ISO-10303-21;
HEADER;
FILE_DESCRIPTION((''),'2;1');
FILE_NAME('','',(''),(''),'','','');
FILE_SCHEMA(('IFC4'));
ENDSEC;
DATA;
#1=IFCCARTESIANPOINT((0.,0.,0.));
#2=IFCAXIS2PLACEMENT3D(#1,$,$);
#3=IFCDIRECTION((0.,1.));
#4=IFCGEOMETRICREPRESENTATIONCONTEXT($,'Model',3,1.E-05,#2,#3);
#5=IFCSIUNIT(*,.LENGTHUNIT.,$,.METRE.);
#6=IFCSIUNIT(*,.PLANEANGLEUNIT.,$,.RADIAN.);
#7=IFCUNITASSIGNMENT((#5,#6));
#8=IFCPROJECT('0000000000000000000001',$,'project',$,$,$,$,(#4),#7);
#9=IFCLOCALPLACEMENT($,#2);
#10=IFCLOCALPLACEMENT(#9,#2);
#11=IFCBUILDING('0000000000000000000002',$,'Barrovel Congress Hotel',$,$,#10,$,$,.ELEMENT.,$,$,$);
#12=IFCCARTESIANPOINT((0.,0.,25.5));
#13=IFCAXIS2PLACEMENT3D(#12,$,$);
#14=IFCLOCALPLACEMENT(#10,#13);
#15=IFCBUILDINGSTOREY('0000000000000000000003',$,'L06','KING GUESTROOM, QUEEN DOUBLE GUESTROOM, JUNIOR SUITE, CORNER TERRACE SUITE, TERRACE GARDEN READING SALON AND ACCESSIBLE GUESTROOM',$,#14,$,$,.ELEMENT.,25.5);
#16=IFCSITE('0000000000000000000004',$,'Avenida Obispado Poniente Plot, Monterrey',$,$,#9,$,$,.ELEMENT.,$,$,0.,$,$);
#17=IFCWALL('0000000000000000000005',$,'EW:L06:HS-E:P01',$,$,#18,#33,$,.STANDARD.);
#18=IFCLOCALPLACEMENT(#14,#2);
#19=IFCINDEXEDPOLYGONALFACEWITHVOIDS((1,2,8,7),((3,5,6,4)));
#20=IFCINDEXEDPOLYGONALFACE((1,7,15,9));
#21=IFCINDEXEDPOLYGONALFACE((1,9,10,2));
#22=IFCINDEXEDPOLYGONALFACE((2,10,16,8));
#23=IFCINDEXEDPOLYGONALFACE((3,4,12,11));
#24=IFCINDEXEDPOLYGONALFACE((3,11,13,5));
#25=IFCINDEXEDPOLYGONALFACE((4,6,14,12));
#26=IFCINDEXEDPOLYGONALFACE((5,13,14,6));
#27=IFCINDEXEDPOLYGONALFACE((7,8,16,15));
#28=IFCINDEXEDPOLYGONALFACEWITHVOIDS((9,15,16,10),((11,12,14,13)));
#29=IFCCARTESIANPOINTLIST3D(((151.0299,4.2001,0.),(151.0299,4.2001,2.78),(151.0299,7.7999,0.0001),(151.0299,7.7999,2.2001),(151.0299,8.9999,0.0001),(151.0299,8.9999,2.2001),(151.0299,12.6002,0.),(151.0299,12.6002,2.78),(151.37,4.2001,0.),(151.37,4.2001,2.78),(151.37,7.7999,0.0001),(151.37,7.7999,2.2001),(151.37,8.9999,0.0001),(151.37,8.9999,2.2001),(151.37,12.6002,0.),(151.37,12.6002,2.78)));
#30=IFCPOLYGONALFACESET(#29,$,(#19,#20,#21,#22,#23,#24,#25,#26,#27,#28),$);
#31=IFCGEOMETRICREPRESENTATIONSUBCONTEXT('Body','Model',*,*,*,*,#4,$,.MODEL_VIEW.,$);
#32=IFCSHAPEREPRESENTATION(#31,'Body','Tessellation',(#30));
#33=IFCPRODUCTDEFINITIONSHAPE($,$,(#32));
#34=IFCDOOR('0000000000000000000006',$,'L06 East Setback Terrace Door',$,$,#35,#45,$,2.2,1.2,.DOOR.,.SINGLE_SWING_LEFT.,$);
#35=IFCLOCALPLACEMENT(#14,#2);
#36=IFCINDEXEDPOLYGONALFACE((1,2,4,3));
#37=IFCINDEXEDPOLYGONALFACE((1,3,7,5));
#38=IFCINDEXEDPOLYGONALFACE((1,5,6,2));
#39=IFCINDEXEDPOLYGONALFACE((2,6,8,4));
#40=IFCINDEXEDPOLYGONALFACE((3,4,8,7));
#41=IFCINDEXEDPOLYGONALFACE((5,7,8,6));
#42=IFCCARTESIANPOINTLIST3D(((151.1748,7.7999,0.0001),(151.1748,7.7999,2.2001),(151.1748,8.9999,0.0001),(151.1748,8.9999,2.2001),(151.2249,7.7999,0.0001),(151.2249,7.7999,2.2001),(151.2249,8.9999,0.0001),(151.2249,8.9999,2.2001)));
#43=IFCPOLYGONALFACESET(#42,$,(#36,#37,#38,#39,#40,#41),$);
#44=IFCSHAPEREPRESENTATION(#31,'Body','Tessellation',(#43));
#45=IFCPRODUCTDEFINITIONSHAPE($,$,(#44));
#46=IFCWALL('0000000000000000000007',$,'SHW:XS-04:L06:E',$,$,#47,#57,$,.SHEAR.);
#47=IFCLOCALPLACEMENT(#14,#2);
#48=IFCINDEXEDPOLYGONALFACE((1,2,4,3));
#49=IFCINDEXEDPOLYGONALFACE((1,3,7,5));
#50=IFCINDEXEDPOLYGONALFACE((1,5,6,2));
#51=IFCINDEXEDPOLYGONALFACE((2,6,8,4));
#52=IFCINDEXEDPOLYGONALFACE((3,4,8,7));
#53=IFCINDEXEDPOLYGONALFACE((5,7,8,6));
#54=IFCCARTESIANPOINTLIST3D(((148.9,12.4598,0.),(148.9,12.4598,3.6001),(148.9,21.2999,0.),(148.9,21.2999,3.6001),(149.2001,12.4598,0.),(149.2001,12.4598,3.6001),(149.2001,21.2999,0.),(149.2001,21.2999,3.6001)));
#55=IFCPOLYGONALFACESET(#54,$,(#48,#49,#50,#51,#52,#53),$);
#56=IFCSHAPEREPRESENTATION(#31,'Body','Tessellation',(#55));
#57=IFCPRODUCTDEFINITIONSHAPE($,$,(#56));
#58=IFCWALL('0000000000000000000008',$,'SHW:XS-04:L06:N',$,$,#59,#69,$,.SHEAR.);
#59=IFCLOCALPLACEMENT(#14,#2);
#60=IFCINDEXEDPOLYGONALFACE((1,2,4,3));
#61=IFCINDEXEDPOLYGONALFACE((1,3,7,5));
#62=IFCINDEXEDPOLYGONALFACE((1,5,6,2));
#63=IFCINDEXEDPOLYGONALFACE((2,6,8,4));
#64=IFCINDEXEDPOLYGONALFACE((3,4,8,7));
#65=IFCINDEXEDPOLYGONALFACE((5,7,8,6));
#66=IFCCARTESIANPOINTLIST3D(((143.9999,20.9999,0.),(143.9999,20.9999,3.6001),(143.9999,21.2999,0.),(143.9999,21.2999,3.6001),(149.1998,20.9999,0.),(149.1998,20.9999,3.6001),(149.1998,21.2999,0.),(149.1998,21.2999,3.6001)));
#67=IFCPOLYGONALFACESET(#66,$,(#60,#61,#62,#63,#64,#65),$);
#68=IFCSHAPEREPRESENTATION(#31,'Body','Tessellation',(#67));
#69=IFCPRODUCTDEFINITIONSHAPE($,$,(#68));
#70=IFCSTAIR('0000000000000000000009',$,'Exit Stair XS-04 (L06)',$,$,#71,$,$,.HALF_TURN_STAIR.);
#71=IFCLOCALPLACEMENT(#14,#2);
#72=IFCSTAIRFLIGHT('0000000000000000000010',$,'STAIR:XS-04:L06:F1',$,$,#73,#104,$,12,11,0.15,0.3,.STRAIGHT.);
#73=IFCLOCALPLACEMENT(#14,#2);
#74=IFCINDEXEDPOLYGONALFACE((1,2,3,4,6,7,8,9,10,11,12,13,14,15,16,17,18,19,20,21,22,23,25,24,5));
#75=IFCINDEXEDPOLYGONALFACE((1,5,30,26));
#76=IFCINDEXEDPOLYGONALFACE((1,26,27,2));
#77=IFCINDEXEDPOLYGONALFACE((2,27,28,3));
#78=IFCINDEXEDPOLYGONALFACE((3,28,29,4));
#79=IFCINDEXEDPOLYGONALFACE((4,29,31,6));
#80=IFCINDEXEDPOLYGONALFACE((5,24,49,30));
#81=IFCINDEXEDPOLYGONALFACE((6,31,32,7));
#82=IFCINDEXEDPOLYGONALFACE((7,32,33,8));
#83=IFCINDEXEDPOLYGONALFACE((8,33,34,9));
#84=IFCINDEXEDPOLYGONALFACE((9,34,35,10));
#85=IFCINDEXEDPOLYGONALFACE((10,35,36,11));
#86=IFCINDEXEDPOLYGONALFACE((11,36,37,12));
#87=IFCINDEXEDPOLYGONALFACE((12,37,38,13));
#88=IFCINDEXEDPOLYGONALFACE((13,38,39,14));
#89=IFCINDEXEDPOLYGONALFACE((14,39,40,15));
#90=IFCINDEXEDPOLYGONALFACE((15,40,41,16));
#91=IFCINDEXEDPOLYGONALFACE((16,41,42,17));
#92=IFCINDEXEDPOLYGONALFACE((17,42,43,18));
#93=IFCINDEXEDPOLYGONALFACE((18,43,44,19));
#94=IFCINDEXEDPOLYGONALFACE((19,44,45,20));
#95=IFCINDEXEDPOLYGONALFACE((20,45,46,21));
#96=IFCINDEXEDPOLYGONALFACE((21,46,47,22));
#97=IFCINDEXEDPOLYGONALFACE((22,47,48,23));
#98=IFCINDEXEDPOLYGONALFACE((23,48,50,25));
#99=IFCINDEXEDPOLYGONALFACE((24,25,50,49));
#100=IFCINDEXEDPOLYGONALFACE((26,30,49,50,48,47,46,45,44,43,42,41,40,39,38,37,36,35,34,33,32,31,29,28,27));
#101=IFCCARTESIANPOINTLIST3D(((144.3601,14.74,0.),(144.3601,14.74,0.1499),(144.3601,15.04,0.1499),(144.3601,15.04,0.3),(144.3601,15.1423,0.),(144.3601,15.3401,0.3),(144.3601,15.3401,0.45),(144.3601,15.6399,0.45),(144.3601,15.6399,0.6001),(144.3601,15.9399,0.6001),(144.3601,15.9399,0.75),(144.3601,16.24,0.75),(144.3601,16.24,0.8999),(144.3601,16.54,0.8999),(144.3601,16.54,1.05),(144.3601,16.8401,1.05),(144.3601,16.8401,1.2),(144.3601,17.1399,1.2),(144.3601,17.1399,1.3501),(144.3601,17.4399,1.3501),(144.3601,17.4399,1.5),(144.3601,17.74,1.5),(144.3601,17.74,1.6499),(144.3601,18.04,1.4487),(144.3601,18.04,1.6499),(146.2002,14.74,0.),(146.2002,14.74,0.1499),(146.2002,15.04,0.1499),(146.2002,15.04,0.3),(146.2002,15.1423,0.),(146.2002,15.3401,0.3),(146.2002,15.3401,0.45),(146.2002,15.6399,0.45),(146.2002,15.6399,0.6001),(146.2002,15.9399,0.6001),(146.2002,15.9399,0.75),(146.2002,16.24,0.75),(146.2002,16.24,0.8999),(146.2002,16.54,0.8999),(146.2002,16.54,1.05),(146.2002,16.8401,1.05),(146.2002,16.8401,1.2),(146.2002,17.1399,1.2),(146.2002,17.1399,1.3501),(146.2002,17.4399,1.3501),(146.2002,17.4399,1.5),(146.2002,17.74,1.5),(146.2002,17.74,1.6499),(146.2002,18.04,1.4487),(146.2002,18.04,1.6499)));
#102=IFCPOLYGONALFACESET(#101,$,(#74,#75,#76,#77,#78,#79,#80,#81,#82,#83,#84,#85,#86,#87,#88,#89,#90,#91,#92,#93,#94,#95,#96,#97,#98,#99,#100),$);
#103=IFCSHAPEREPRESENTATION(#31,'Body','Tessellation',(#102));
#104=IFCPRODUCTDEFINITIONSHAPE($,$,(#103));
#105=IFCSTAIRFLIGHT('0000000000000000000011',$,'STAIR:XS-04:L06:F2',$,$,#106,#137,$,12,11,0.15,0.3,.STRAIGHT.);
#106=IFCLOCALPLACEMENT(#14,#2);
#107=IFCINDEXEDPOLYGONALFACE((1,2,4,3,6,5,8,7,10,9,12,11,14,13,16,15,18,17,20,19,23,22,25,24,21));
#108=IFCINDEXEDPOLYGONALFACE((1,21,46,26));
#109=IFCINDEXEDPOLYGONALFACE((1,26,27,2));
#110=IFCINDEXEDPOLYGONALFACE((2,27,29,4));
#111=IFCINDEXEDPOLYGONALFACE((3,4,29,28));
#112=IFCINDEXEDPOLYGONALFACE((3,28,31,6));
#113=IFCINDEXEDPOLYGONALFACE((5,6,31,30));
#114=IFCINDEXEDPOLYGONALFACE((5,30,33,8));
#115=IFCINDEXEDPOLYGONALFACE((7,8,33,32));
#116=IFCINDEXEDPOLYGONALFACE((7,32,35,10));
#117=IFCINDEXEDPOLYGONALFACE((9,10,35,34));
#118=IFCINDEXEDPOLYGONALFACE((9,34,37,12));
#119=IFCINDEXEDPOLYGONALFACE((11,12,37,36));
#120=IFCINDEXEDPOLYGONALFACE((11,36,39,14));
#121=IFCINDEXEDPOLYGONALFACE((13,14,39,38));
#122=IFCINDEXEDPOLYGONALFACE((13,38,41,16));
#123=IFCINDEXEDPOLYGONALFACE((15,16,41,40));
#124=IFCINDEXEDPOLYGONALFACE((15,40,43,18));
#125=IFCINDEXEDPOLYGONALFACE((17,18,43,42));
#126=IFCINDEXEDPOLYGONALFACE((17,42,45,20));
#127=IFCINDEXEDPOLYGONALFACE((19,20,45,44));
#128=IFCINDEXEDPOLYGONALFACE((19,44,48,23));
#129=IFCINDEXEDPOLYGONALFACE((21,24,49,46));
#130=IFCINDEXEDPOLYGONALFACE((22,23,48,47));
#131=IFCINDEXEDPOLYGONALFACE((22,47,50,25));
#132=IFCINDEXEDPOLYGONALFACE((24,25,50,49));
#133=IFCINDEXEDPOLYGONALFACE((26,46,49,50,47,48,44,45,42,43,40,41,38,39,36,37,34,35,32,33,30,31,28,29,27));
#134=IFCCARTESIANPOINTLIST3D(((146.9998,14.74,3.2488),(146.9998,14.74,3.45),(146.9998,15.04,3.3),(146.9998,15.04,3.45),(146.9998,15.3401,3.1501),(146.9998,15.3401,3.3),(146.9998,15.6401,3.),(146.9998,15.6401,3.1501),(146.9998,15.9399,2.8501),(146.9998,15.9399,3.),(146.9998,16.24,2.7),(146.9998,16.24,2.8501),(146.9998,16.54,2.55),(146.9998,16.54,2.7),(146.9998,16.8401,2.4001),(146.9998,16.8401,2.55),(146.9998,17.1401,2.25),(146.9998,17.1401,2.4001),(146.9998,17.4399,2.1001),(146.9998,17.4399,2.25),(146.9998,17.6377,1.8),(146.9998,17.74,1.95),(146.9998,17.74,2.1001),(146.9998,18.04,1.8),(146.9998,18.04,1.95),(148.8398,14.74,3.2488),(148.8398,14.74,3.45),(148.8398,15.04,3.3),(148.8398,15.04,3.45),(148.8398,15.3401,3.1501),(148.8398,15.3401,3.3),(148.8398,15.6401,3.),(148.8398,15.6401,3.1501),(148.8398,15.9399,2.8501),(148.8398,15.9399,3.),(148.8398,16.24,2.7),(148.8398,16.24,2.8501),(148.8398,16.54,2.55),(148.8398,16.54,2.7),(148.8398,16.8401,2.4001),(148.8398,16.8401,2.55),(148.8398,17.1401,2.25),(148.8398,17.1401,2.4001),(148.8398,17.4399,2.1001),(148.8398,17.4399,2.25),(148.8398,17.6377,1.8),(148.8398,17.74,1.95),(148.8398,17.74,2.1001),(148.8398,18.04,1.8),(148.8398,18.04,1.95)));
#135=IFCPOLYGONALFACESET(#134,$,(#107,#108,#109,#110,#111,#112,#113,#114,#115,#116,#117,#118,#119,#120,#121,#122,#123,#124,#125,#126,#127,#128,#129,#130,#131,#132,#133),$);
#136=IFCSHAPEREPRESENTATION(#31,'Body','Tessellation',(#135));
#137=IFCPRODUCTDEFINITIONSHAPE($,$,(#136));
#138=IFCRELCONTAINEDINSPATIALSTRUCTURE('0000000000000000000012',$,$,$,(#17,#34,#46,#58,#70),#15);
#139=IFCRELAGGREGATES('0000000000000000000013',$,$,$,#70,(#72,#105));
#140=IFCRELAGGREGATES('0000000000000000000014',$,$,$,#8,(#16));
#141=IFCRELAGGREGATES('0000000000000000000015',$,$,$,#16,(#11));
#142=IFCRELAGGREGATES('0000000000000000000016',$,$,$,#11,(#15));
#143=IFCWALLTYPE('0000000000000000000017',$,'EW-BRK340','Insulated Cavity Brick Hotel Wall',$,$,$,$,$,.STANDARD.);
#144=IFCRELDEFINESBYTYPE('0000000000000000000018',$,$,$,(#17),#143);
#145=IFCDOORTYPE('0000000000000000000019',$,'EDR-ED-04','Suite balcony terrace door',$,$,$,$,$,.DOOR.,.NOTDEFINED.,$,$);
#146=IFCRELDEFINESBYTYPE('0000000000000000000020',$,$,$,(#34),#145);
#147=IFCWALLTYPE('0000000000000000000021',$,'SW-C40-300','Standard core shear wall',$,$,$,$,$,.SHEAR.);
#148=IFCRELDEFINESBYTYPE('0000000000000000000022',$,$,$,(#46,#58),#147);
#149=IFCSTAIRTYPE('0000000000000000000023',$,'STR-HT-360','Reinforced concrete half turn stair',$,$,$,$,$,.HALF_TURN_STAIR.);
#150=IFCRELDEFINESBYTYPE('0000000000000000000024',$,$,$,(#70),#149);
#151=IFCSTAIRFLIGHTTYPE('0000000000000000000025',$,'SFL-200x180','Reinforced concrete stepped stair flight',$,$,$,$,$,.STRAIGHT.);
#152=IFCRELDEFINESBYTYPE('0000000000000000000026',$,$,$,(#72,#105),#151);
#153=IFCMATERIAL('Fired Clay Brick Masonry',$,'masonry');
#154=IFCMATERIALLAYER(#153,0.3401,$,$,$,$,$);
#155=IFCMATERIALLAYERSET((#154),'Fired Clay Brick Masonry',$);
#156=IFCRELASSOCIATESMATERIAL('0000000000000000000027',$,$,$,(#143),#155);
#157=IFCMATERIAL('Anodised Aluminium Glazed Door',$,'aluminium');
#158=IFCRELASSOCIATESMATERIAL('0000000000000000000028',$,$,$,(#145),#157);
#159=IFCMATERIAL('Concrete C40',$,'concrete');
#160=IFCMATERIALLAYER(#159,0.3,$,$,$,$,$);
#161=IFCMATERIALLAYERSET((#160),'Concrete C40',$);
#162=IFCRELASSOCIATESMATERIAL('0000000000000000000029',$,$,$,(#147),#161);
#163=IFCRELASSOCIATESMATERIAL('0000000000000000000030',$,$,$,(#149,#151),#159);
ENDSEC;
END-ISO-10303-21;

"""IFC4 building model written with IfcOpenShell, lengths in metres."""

from ifc_helpers import new_model, si_unit, direction, frame, frame_2d, origin, place, context, subcontext, project, spatial, polyline, rectangle, outline, extrude, material, layer, layer_set, type_object, element, fill, aggregate, save


model = new_model("IFC4")

# Units and contexts
model_context = context("Model", 3, precision=1e-05, world=origin(), true_north=direction((0.0, 1.0)))
body_context = subcontext(model_context, "Body", "Model", "MODEL_VIEW")
ifc_project = project(units=[si_unit("LENGTHUNIT", "METRE"), si_unit("PLANEANGLEUNIT", "RADIAN")], contexts=[model_context])

# Site, building, storey
site_placement = place(None, origin())
site = spatial("IfcSite", under=ifc_project, at=site_placement, Name="Avenida Obispado Poniente Plot, Monterrey", CompositionType="ELEMENT", RefElevation=0.0)
building_placement = place(site_placement, origin())
building = spatial("IfcBuilding", under=site, at=building_placement, Name="Barrovel Congress Hotel", CompositionType="ELEMENT")
storey_placement = place(building_placement, frame((0.0, 0.0, 25.5)))
storey = spatial("IfcBuildingStorey", under=building, at=storey_placement, Name="L06", Description="KING GUESTROOM, QUEEN DOUBLE GUESTROOM, JUNIOR SUITE, CORNER TERRACE SUITE, TERRACE GARDEN READING SALON AND ACCESSIBLE GUESTROOM", CompositionType="ELEMENT", Elevation=25.5)

# Shared definitions
ifc_material_1 = material(Name="Concrete C40", Category="concrete")

# Shared definitions
ifc_material_2 = material(Name="Fired Clay Brick Masonry", Category="masonry")
ifc_layer_1 = layer(ifc_material_2, 0.3401)
ifc_layer_set_1 = layer_set([ifc_layer_1], Name="Fired Clay Brick Masonry")
wall_type_1 = type_object("IfcWallType", Name="EW-BRK340", Description="Insulated Cavity Brick Hotel Wall", PredefinedType="STANDARD", material=ifc_layer_set_1)

# Wall, opening, door
wall_1_placement = place(storey_placement, frame((151.2, 4.2, 0.0), z_axis=(0.0, 0.0, 1.0), x_axis=(0.0, 1.0, 0.0)))
wall_1 = element("IfcWall", 1, at=wall_1_placement, inside=storey, type_object=wall_type_1, Name="EW:L06:HS-E:P01", PredefinedType="STANDARD", context=body_context, shape_type="SweptSolid", body=[
    extrude(rectangle(XDim=8.4001, YDim=0.3401, at=frame_2d((4.2002, 0.0))), origin(), (0.0, 0.0, 1.0), 2.78),
])
opening_placement = place(wall_1_placement, frame((4.8, 0.0, 0.0), z_axis=(0.0, 0.0, 1.0), x_axis=(-1.0, 0.0, 0.0)))
opening = element("IfcOpeningElement", 2, at=opening_placement, cuts=wall_1, PredefinedType="OPENING", context=body_context, shape_type="SweptSolid", body=[
    extrude(rectangle(XDim=1.2, YDim=2.2, at=frame_2d((0.6001, 1.1001))), frame((0.0, 0.1802, 0.0), z_axis=(0.0, -1.0, 0.0), x_axis=(1.0, 0.0, 0.0)), (0.0, 0.0, 1.0), 0.3601),
])
ifc_material_3 = material(Name="Anodised Aluminium Glazed Door", Category="aluminium")
door_type = type_object("IfcDoorType", Name="EDR-ED-04", Description="Suite balcony terrace door", OperationType="NOTDEFINED", PredefinedType="DOOR", material=ifc_material_3)
door_placement = place(opening_placement, origin())
door = element("IfcDoor", 3, at=door_placement, inside=storey, type_object=door_type, Name="L06 East Setback Terrace Door", OperationType="SINGLE_SWING_LEFT", OverallHeight=2.2, OverallWidth=1.2, PredefinedType="DOOR", context=body_context, shape_type="SweptSolid", body=[
    extrude(rectangle(XDim=1.2, YDim=2.2, at=frame_2d((0.6001, 1.1001))), frame((0.0, 0.0249, 0.0), z_axis=(0.0, -1.0, 0.0), x_axis=(1.0, 0.0, 0.0)), (0.0, 0.0, 1.0), 0.05),
])
fill(opening, door)

# Walls
ifc_layer_2 = layer(ifc_material_1, 0.3)
ifc_layer_set_2 = layer_set([ifc_layer_2], Name="Concrete C40")
wall_type_2 = type_object("IfcWallType", Name="SW-C40-300", Description="Standard core shear wall", PredefinedType="SHEAR", material=ifc_layer_set_2)
wall_2_placement = place(storey_placement, frame((149.05, 12.46, 0.0), z_axis=(0.0, 0.0, 1.0), x_axis=(0.0, 1.0, 0.0)))
element("IfcWall", 4, at=wall_2_placement, inside=storey, type_object=wall_type_2, Name="SHW:XS-04:L06:E", PredefinedType="SHEAR", context=body_context, shape_type="SweptSolid", body=[
    extrude(rectangle(XDim=8.8401, YDim=0.3, at=frame_2d((4.4199, 0.0))), origin(), (0.0, 0.0, 1.0), 3.6001),
])
wall_3_placement = place(storey_placement, frame((149.2, 21.1499, 0.0), z_axis=(0.0, 0.0, 1.0), x_axis=(-1.0, 0.0, 0.0)))
element("IfcWall", 5, at=wall_3_placement, inside=storey, type_object=wall_type_2, Name="SHW:XS-04:L06:N", PredefinedType="SHEAR", context=body_context, shape_type="SweptSolid", body=[
    extrude(rectangle(XDim=5.2, YDim=0.3, at=frame_2d((2.6001, 0.0))), origin(), (0.0, 0.0, 1.0), 3.6001),
])

# Stair, stair flights
stair_type = type_object("IfcStairType", Name="STR-HT-360", Description="Reinforced concrete half turn stair", PredefinedType="HALF_TURN_STAIR", material=ifc_material_1)
stair_placement = place(storey_placement, origin())
stair = element("IfcStair", 6, at=stair_placement, inside=storey, type_object=stair_type, Name="Exit Stair XS-04 (L06)", PredefinedType="HALF_TURN_STAIR")
stair_flight_type = type_object("IfcStairFlightType", Name="SFL-200x180", Description="Reinforced concrete stepped stair flight", PredefinedType="STRAIGHT", material=ifc_material_1)
stair_flight_1_placement = place(storey_placement, frame((145.28, 14.74, 0.0), z_axis=(0.0, 0.0, 1.0), x_axis=(0.0, 1.0, 0.0)))
stair_flight_1 = element("IfcStairFlight", 7, at=stair_flight_1_placement, type_object=stair_flight_type, Name="STAIR:XS-04:L06:F1", NumberOfRisers=12, NumberOfTreads=11, PredefinedType="STRAIGHT", RiserHeight=0.15, TreadLength=0.3, context=body_context, shape_type="SweptSolid", body=[
    extrude(outline(polyline([(0.0, 0.0), (0.0, 0.1499), (0.3, 0.1499), (0.3, 0.3), (0.6001, 0.3), (0.6001, 0.45), (0.8999, 0.45), (0.8999, 0.6001), (1.2, 0.6001), (1.2, 0.75), (1.5, 0.75), (1.5, 0.8999), (1.8, 0.8999), (1.8, 1.05), (2.1001, 1.05), (2.1001, 1.2), (2.3999, 1.2), (2.3999, 1.3501), (2.7, 1.3501), (2.7, 1.5), (3.0, 1.5), (3.0, 1.6499), (3.3, 1.6499), (3.3, 1.8), (3.3, 1.4487), (0.4023, 0.0), (0.0, 0.0)])), frame((0.0, 0.9199, 0.0), z_axis=(0.0, -1.0, 0.0), x_axis=(1.0, 0.0, 0.0)), (0.0, 0.0, 1.0), 1.8401),
])
stair_flight_2_placement = place(storey_placement, frame((147.9199, 18.04, 1.8), z_axis=(0.0, 0.0, 1.0), x_axis=(0.0, -1.0, 0.0)))
stair_flight_2 = element("IfcStairFlight", 8, at=stair_flight_2_placement, type_object=stair_flight_type, Name="STAIR:XS-04:L06:F2", NumberOfRisers=12, NumberOfTreads=11, PredefinedType="STRAIGHT", RiserHeight=0.15, TreadLength=0.3, context=body_context, shape_type="SweptSolid", body=[
    extrude(outline(polyline([(0.0, 0.0), (0.0, 0.1499), (0.3, 0.1499), (0.3, 0.3), (0.6001, 0.3), (0.6001, 0.45), (0.8999, 0.45), (0.8999, 0.6001), (1.2, 0.6001), (1.2, 0.75), (1.5, 0.75), (1.5, 0.8999), (1.8, 0.8999), (1.8, 1.05), (2.1001, 1.05), (2.1001, 1.2), (2.3999, 1.2), (2.3999, 1.3501), (2.7, 1.3501), (2.7, 1.5), (3.0, 1.5), (3.0, 1.6499), (3.3, 1.6499), (3.3, 1.8), (3.3, 1.4487), (0.4023, 0.0), (0.0, 0.0)])), frame((0.0, 0.9199, 0.0), z_axis=(0.0, -1.0, 0.0), x_axis=(1.0, 0.0, 0.0)), (0.0, 0.0, 1.0), 1.8401),
])
aggregate(stair, [stair_flight_1, stair_flight_2])

save(model, "model.ifc")
